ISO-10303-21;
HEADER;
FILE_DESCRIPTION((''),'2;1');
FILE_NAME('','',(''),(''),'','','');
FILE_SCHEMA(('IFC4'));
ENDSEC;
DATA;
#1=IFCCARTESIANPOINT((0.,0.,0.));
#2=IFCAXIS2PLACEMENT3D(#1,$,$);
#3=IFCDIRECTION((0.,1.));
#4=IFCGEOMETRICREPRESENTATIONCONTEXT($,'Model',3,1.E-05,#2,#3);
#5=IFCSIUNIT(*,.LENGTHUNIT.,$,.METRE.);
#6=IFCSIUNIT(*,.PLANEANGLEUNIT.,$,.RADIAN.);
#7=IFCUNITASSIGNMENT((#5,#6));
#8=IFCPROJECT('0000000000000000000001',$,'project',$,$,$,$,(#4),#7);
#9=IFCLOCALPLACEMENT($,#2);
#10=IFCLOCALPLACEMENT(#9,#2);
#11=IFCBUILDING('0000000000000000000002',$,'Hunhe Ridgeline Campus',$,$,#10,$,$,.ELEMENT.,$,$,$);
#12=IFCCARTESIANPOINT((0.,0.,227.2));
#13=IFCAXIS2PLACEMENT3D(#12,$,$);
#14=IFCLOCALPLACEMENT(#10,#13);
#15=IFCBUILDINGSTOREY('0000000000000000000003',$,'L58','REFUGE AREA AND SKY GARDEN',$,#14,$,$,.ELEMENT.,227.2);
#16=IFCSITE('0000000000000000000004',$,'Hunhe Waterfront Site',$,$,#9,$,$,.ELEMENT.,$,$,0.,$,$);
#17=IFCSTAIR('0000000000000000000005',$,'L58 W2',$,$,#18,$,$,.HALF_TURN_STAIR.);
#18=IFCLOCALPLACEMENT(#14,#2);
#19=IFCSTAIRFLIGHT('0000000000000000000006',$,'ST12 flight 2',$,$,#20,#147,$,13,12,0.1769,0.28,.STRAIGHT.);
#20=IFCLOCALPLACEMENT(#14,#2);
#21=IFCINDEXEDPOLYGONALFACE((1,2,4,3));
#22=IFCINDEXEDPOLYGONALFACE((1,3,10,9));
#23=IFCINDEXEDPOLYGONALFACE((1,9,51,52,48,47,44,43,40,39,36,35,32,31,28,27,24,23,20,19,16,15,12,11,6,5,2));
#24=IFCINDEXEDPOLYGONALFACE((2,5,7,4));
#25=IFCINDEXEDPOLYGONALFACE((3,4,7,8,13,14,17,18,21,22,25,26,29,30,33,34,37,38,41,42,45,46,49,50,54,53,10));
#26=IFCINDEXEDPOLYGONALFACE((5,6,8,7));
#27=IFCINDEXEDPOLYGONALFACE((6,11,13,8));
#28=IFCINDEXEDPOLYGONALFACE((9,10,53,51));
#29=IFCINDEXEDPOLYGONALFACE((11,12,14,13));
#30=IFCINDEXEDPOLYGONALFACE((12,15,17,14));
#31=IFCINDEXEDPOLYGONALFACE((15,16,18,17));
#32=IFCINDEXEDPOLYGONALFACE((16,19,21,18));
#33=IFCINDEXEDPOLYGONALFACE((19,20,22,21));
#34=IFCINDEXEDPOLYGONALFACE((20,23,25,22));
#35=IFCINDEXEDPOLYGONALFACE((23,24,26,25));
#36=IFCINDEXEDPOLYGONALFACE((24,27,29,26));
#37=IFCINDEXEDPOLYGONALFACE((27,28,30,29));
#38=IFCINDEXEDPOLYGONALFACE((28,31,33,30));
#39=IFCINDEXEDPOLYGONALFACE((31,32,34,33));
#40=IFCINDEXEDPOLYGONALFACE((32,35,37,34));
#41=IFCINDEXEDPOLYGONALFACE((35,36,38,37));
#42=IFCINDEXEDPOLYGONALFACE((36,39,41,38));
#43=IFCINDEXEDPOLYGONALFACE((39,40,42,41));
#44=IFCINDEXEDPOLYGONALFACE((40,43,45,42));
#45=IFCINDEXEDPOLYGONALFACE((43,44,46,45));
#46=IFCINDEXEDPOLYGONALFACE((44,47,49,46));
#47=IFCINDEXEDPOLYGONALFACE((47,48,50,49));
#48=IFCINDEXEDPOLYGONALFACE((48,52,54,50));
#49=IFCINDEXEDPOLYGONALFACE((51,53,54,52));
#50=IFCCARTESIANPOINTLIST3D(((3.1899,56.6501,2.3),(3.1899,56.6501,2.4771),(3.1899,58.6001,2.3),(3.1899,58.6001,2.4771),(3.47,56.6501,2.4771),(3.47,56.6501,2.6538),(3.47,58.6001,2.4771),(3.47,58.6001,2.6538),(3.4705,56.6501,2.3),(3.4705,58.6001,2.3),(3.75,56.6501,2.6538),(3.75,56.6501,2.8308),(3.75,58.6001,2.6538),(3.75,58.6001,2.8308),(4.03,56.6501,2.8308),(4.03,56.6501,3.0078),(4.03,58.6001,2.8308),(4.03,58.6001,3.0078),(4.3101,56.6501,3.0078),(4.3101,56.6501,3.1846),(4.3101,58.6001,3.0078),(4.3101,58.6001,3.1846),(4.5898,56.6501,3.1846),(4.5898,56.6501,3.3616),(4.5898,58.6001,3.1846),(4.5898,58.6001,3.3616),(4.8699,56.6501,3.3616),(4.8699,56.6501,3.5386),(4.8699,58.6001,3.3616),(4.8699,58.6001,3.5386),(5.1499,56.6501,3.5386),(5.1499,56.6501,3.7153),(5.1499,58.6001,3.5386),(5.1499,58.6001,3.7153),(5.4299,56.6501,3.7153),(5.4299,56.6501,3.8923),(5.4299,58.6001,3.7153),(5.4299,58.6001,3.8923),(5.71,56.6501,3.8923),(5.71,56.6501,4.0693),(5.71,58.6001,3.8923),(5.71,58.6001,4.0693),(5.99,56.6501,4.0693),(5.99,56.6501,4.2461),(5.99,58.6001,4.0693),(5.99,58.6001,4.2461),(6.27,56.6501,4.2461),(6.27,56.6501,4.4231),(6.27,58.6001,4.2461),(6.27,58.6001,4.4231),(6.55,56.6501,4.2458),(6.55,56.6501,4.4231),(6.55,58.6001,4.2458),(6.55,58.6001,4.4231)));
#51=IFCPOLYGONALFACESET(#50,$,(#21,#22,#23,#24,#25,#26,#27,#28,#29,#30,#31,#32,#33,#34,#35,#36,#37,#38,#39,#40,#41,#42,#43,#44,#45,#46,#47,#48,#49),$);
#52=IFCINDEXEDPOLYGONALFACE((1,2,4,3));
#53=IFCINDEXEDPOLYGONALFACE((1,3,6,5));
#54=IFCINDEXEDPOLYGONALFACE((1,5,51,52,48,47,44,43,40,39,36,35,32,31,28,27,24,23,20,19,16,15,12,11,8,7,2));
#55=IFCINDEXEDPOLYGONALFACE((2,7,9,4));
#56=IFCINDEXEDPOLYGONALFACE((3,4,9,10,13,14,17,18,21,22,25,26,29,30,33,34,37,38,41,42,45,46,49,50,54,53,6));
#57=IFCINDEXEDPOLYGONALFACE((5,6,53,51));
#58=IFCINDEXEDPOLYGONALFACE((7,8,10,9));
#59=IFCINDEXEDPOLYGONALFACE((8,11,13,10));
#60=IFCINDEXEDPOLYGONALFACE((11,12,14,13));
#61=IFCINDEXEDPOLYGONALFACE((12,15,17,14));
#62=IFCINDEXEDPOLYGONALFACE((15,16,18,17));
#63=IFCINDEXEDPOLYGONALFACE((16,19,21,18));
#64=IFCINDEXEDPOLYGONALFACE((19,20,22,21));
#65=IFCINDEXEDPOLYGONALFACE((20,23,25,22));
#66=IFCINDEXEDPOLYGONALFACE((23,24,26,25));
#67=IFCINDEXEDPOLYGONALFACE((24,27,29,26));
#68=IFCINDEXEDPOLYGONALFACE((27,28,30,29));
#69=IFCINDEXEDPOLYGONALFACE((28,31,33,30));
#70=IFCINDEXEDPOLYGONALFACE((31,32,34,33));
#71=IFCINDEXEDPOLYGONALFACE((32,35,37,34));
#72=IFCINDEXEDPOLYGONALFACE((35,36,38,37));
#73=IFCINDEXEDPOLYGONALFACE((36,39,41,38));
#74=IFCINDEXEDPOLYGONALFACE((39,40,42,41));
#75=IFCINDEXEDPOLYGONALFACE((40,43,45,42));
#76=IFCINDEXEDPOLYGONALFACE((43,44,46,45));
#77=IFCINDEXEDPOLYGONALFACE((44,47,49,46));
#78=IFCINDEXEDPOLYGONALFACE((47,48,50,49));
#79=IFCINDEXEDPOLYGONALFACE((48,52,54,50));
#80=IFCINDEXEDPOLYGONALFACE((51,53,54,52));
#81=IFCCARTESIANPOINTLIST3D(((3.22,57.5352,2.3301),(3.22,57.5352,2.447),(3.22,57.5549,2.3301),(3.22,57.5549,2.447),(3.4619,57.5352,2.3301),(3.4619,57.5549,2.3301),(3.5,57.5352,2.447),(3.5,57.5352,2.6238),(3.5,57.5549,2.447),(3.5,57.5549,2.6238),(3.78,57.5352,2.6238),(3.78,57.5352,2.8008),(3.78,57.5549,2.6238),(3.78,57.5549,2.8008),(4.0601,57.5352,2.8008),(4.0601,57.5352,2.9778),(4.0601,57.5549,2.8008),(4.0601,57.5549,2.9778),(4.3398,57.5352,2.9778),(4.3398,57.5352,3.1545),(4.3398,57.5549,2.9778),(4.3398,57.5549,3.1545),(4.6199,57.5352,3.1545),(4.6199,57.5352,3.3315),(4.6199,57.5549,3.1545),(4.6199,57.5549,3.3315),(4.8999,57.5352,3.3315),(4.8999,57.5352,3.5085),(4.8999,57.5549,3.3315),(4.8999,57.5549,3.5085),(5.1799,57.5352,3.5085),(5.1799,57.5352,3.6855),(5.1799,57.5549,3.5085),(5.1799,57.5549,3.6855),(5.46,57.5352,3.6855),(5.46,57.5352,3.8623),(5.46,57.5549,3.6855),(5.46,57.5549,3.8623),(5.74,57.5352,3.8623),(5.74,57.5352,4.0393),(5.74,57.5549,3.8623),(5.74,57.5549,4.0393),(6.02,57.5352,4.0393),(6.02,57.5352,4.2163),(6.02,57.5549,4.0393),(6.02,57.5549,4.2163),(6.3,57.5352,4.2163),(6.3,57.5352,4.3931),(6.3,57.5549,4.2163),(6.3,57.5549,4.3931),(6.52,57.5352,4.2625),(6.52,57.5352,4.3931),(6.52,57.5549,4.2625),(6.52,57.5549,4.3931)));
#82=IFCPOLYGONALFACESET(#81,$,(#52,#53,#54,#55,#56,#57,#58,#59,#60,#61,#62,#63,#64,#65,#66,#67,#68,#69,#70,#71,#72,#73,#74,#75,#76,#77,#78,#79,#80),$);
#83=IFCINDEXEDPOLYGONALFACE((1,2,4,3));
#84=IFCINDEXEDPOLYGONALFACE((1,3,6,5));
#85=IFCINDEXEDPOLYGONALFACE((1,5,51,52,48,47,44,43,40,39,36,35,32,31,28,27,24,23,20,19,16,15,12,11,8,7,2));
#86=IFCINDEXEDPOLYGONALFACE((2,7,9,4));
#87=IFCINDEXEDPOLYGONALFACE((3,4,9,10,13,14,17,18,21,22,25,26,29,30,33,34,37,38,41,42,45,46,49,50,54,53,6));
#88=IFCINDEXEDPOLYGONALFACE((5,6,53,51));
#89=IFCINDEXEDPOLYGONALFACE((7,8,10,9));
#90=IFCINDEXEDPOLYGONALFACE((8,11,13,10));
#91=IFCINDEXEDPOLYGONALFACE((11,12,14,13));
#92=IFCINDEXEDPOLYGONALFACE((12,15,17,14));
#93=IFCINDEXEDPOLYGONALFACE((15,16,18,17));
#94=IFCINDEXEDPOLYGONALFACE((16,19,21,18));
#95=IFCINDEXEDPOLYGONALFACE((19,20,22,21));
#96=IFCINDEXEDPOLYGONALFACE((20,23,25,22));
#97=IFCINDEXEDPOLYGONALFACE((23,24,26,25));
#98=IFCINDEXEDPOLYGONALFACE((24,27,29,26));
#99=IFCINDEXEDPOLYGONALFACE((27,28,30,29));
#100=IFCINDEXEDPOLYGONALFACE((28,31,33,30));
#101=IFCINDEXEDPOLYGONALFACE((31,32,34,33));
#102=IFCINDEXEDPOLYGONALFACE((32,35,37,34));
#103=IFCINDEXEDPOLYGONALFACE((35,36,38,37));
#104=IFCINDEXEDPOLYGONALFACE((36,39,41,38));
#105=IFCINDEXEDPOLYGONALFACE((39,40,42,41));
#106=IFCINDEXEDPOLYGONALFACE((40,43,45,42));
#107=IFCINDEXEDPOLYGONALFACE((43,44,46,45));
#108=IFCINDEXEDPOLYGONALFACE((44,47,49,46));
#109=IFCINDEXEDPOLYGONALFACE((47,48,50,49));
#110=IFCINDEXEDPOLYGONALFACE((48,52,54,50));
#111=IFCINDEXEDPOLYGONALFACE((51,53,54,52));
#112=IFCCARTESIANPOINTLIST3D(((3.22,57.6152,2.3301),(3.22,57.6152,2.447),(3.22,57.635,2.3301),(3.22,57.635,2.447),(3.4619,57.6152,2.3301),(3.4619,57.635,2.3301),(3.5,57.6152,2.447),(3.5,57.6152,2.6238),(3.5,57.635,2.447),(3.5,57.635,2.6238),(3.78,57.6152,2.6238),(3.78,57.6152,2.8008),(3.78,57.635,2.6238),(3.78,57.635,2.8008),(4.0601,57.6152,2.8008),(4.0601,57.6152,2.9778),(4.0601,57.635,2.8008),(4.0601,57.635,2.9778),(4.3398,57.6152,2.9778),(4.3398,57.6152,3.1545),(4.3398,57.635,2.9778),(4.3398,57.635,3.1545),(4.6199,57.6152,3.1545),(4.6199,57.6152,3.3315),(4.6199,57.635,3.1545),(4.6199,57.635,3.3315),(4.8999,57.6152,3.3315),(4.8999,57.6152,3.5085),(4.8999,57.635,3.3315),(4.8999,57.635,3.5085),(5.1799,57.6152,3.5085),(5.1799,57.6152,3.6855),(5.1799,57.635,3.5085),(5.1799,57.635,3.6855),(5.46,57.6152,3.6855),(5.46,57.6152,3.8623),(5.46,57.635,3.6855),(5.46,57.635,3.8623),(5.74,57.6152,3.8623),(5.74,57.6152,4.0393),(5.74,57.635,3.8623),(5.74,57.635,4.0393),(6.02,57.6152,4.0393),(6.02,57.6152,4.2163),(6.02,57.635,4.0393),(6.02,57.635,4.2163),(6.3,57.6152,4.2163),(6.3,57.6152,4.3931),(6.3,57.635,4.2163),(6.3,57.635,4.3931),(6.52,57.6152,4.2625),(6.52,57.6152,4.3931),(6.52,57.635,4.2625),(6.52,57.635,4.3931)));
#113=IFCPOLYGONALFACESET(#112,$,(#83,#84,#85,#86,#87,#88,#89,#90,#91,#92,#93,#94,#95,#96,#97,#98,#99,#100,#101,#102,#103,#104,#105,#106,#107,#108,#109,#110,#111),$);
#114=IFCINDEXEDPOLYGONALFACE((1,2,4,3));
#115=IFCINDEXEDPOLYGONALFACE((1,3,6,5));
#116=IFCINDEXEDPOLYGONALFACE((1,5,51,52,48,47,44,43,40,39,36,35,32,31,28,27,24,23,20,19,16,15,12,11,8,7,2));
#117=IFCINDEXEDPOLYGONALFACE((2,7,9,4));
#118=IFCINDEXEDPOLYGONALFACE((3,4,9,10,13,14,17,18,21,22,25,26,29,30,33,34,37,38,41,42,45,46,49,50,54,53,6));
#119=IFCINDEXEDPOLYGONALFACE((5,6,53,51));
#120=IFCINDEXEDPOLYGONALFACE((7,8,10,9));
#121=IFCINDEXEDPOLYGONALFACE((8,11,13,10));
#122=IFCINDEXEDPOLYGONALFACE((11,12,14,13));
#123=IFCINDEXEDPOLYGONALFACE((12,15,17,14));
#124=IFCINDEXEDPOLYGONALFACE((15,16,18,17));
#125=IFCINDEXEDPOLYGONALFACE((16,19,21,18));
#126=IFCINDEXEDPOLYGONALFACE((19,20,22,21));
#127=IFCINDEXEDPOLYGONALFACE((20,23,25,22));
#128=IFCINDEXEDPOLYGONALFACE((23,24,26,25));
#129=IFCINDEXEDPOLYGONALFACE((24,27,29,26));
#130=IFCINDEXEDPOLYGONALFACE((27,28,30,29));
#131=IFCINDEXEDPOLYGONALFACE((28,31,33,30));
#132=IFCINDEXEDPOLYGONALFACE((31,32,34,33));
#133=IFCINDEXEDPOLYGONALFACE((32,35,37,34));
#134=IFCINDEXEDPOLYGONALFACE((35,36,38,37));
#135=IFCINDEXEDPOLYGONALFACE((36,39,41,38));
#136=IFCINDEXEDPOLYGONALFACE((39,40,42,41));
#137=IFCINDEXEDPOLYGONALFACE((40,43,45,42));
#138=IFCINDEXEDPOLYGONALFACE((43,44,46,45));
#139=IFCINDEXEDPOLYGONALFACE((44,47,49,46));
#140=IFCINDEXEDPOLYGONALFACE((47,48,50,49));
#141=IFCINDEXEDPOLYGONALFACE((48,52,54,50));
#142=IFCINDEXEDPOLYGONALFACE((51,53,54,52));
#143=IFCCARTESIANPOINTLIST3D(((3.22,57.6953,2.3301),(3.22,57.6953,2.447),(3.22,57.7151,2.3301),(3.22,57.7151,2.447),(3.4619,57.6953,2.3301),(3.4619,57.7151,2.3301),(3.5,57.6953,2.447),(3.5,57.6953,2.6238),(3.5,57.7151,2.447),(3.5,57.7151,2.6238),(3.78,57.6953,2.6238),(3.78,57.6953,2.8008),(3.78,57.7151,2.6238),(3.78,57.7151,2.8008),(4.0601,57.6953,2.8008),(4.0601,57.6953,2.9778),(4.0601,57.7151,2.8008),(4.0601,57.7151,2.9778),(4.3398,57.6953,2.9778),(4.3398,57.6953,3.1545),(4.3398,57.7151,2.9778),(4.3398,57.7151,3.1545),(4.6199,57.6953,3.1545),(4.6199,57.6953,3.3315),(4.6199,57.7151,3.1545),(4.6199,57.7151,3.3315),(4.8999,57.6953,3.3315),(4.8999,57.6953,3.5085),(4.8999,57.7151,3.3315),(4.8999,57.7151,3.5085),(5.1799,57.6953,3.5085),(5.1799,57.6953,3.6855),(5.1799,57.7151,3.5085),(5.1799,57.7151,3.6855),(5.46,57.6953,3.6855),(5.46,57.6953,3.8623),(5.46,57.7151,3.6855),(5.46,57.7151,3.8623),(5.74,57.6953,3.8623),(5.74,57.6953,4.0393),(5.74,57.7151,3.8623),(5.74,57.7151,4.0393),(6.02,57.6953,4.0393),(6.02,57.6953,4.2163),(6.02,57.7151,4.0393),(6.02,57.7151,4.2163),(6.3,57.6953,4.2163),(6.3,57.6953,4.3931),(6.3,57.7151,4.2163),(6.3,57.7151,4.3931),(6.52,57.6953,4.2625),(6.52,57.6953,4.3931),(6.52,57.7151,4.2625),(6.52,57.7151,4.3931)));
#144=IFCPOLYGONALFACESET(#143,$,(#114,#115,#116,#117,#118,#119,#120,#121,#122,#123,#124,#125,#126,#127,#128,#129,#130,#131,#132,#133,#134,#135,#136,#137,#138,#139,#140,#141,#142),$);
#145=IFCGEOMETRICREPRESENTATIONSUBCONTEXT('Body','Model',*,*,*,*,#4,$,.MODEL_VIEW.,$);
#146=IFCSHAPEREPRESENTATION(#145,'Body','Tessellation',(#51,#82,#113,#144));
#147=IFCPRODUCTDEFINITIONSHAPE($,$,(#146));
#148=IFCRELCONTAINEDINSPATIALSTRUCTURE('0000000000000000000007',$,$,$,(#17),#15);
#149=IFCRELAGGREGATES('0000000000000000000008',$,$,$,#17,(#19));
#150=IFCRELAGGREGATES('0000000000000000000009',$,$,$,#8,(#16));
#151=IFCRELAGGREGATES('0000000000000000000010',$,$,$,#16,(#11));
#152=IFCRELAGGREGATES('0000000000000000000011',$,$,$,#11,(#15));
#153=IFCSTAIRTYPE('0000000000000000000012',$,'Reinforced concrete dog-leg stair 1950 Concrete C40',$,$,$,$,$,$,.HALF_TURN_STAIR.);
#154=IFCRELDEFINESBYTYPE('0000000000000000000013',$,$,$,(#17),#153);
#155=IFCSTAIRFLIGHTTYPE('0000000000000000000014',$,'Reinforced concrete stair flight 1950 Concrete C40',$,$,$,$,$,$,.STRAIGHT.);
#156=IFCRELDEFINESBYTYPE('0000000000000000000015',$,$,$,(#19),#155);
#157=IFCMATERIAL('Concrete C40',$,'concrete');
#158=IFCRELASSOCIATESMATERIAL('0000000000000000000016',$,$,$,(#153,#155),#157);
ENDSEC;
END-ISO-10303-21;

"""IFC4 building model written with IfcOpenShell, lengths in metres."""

from ifc_helpers import new_model, si_unit, direction, frame, origin, place, context, subcontext, project, spatial, polyline, outline, extrude, material, type_object, element, aggregate, save


model = new_model("IFC4")

# Units and contexts
model_context = context("Model", 3, precision=1e-05, world=origin(), true_north=direction((0.0, 1.0)))
body_context = subcontext(model_context, "Body", "Model", "MODEL_VIEW")
ifc_project = project(units=[si_unit("LENGTHUNIT", "METRE"), si_unit("PLANEANGLEUNIT", "RADIAN")], contexts=[model_context])

# Site, building, storey
site_placement = place(None, origin())
site = spatial("IfcSite", under=ifc_project, at=site_placement, Name="Hunhe Waterfront Site", CompositionType="ELEMENT", RefElevation=0.0)
building_placement = place(site_placement, origin())
building = spatial("IfcBuilding", under=site, at=building_placement, Name="Hunhe Ridgeline Campus", CompositionType="ELEMENT")
storey_placement = place(building_placement, frame((0.0, 0.0, 227.2)))
storey = spatial("IfcBuildingStorey", under=building, at=storey_placement, Name="L58", Description="REFUGE AREA AND SKY GARDEN", CompositionType="ELEMENT", Elevation=227.2)

# Stair, stair flight
ifc_material_1 = material(Name="Concrete C40", Category="concrete")
stair_type = type_object("IfcStairType", Name="Reinforced concrete dog-leg stair 1950 Concrete C40", PredefinedType="HALF_TURN_STAIR", material=ifc_material_1)
stair_flight_type = type_object("IfcStairFlightType", Name="Reinforced concrete stair flight 1950 Concrete C40", PredefinedType="STRAIGHT", material=ifc_material_1)
stair_1_placement = place(storey_placement, origin())
stair_1 = element("IfcStair", 1, at=stair_1_placement, inside=storey, type_object=stair_type, Name="L58 W2", PredefinedType="HALF_TURN_STAIR")
stair_flight_1_placement = place(storey_placement, frame((3.1899, 57.625, 2.3), z_axis=(0.0, 0.0, 1.0), x_axis=(1.0, 0.0, 0.0)))
stair_flight_1 = element("IfcStairFlight", 2, at=stair_flight_1_placement, type_object=stair_flight_type, Name="ST12 flight 2", NumberOfRisers=13, NumberOfTreads=12, PredefinedType="STRAIGHT", RiserHeight=0.1769, TreadLength=0.28, context=body_context, shape_type="SweptSolid", body=[
    extrude(outline(polyline([(0.0, 0.0), (0.0, 0.177), (0.28, 0.177), (0.28, 0.3538), (0.5601, 0.3538), (0.5601, 0.5308), (0.8401, 0.5308), (0.8401, 0.7078), (1.1201, 0.7078), (1.1201, 0.8845), (1.3999, 0.8845), (1.3999, 1.0615), (1.6799, 1.0615), (1.6799, 1.2385), (1.96, 1.2385), (1.96, 1.4153), (2.24, 1.4153), (2.24, 1.5923), (2.52, 1.5923), (2.52, 1.7693), (2.8, 1.7693), (2.8, 1.946), (3.0801, 1.946), (3.0801, 2.123), (3.3601, 2.123), (3.3601, 2.3), (3.3601, 1.9458), (0.2805, 0.0), (0.0, 0.0)])), frame((0.0, 0.9751, 0.0), z_axis=(0.0, -1.0, 0.0), x_axis=(1.0, 0.0, 0.0)), (0.0, 0.0, 1.0), 1.95),
    extrude(outline(polyline([(0.03, 0.03), (0.03, 0.147), (0.3101, 0.147), (0.3101, 0.3237), (0.5901, 0.3237), (0.5901, 0.5007), (0.8701, 0.5007), (0.8701, 0.6777), (1.1499, 0.6777), (1.1499, 0.8545), (1.4299, 0.8545), (1.4299, 1.0315), (1.71, 1.0315), (1.71, 1.2085), (1.99, 1.2085), (1.99, 1.3855), (2.27, 1.3855), (2.27, 1.5623), (2.55, 1.5623), (2.55, 1.7393), (2.8301, 1.7393), (2.8301, 1.9163), (3.1101, 1.9163), (3.1101, 2.093), (3.3301, 2.093), (3.3301, 1.9624), (0.272, 0.03), (0.03, 0.03)])), frame((0.0, -0.0701, 0.0), z_axis=(0.0, -1.0, 0.0), x_axis=(1.0, 0.0, 0.0)), (0.0, 0.0, 1.0), 0.0198),
    extrude(outline(polyline([(0.03, 0.03), (0.03, 0.147), (0.3101, 0.147), (0.3101, 0.3237), (0.5901, 0.3237), (0.5901, 0.5007), (0.8701, 0.5007), (0.8701, 0.6777), (1.1499, 0.6777), (1.1499, 0.8545), (1.4299, 0.8545), (1.4299, 1.0315), (1.71, 1.0315), (1.71, 1.2085), (1.99, 1.2085), (1.99, 1.3855), (2.27, 1.3855), (2.27, 1.5623), (2.55, 1.5623), (2.55, 1.7393), (2.8301, 1.7393), (2.8301, 1.9163), (3.1101, 1.9163), (3.1101, 2.093), (3.3301, 2.093), (3.3301, 1.9624), (0.272, 0.03), (0.03, 0.03)])), frame((0.0, 0.01, 0.0), z_axis=(0.0, -1.0, 0.0), x_axis=(1.0, 0.0, 0.0)), (0.0, 0.0, 1.0), 0.0198),
    extrude(outline(polyline([(0.03, 0.03), (0.03, 0.147), (0.3101, 0.147), (0.3101, 0.3237), (0.5901, 0.3237), (0.5901, 0.5007), (0.8701, 0.5007), (0.8701, 0.6777), (1.1499, 0.6777), (1.1499, 0.8545), (1.4299, 0.8545), (1.4299, 1.0315), (1.71, 1.0315), (1.71, 1.2085), (1.99, 1.2085), (1.99, 1.3855), (2.27, 1.3855), (2.27, 1.5623), (2.55, 1.5623), (2.55, 1.7393), (2.8301, 1.7393), (2.8301, 1.9163), (3.1101, 1.9163), (3.1101, 2.093), (3.3301, 2.093), (3.3301, 1.9624), (0.272, 0.03), (0.03, 0.03)])), frame((0.0, 0.0901, 0.0), z_axis=(0.0, -1.0, 0.0), x_axis=(1.0, 0.0, 0.0)), (0.0, 0.0, 1.0), 0.0198),
])
aggregate(stair_1, [stair_flight_1])

save(model, "model.ifc")
